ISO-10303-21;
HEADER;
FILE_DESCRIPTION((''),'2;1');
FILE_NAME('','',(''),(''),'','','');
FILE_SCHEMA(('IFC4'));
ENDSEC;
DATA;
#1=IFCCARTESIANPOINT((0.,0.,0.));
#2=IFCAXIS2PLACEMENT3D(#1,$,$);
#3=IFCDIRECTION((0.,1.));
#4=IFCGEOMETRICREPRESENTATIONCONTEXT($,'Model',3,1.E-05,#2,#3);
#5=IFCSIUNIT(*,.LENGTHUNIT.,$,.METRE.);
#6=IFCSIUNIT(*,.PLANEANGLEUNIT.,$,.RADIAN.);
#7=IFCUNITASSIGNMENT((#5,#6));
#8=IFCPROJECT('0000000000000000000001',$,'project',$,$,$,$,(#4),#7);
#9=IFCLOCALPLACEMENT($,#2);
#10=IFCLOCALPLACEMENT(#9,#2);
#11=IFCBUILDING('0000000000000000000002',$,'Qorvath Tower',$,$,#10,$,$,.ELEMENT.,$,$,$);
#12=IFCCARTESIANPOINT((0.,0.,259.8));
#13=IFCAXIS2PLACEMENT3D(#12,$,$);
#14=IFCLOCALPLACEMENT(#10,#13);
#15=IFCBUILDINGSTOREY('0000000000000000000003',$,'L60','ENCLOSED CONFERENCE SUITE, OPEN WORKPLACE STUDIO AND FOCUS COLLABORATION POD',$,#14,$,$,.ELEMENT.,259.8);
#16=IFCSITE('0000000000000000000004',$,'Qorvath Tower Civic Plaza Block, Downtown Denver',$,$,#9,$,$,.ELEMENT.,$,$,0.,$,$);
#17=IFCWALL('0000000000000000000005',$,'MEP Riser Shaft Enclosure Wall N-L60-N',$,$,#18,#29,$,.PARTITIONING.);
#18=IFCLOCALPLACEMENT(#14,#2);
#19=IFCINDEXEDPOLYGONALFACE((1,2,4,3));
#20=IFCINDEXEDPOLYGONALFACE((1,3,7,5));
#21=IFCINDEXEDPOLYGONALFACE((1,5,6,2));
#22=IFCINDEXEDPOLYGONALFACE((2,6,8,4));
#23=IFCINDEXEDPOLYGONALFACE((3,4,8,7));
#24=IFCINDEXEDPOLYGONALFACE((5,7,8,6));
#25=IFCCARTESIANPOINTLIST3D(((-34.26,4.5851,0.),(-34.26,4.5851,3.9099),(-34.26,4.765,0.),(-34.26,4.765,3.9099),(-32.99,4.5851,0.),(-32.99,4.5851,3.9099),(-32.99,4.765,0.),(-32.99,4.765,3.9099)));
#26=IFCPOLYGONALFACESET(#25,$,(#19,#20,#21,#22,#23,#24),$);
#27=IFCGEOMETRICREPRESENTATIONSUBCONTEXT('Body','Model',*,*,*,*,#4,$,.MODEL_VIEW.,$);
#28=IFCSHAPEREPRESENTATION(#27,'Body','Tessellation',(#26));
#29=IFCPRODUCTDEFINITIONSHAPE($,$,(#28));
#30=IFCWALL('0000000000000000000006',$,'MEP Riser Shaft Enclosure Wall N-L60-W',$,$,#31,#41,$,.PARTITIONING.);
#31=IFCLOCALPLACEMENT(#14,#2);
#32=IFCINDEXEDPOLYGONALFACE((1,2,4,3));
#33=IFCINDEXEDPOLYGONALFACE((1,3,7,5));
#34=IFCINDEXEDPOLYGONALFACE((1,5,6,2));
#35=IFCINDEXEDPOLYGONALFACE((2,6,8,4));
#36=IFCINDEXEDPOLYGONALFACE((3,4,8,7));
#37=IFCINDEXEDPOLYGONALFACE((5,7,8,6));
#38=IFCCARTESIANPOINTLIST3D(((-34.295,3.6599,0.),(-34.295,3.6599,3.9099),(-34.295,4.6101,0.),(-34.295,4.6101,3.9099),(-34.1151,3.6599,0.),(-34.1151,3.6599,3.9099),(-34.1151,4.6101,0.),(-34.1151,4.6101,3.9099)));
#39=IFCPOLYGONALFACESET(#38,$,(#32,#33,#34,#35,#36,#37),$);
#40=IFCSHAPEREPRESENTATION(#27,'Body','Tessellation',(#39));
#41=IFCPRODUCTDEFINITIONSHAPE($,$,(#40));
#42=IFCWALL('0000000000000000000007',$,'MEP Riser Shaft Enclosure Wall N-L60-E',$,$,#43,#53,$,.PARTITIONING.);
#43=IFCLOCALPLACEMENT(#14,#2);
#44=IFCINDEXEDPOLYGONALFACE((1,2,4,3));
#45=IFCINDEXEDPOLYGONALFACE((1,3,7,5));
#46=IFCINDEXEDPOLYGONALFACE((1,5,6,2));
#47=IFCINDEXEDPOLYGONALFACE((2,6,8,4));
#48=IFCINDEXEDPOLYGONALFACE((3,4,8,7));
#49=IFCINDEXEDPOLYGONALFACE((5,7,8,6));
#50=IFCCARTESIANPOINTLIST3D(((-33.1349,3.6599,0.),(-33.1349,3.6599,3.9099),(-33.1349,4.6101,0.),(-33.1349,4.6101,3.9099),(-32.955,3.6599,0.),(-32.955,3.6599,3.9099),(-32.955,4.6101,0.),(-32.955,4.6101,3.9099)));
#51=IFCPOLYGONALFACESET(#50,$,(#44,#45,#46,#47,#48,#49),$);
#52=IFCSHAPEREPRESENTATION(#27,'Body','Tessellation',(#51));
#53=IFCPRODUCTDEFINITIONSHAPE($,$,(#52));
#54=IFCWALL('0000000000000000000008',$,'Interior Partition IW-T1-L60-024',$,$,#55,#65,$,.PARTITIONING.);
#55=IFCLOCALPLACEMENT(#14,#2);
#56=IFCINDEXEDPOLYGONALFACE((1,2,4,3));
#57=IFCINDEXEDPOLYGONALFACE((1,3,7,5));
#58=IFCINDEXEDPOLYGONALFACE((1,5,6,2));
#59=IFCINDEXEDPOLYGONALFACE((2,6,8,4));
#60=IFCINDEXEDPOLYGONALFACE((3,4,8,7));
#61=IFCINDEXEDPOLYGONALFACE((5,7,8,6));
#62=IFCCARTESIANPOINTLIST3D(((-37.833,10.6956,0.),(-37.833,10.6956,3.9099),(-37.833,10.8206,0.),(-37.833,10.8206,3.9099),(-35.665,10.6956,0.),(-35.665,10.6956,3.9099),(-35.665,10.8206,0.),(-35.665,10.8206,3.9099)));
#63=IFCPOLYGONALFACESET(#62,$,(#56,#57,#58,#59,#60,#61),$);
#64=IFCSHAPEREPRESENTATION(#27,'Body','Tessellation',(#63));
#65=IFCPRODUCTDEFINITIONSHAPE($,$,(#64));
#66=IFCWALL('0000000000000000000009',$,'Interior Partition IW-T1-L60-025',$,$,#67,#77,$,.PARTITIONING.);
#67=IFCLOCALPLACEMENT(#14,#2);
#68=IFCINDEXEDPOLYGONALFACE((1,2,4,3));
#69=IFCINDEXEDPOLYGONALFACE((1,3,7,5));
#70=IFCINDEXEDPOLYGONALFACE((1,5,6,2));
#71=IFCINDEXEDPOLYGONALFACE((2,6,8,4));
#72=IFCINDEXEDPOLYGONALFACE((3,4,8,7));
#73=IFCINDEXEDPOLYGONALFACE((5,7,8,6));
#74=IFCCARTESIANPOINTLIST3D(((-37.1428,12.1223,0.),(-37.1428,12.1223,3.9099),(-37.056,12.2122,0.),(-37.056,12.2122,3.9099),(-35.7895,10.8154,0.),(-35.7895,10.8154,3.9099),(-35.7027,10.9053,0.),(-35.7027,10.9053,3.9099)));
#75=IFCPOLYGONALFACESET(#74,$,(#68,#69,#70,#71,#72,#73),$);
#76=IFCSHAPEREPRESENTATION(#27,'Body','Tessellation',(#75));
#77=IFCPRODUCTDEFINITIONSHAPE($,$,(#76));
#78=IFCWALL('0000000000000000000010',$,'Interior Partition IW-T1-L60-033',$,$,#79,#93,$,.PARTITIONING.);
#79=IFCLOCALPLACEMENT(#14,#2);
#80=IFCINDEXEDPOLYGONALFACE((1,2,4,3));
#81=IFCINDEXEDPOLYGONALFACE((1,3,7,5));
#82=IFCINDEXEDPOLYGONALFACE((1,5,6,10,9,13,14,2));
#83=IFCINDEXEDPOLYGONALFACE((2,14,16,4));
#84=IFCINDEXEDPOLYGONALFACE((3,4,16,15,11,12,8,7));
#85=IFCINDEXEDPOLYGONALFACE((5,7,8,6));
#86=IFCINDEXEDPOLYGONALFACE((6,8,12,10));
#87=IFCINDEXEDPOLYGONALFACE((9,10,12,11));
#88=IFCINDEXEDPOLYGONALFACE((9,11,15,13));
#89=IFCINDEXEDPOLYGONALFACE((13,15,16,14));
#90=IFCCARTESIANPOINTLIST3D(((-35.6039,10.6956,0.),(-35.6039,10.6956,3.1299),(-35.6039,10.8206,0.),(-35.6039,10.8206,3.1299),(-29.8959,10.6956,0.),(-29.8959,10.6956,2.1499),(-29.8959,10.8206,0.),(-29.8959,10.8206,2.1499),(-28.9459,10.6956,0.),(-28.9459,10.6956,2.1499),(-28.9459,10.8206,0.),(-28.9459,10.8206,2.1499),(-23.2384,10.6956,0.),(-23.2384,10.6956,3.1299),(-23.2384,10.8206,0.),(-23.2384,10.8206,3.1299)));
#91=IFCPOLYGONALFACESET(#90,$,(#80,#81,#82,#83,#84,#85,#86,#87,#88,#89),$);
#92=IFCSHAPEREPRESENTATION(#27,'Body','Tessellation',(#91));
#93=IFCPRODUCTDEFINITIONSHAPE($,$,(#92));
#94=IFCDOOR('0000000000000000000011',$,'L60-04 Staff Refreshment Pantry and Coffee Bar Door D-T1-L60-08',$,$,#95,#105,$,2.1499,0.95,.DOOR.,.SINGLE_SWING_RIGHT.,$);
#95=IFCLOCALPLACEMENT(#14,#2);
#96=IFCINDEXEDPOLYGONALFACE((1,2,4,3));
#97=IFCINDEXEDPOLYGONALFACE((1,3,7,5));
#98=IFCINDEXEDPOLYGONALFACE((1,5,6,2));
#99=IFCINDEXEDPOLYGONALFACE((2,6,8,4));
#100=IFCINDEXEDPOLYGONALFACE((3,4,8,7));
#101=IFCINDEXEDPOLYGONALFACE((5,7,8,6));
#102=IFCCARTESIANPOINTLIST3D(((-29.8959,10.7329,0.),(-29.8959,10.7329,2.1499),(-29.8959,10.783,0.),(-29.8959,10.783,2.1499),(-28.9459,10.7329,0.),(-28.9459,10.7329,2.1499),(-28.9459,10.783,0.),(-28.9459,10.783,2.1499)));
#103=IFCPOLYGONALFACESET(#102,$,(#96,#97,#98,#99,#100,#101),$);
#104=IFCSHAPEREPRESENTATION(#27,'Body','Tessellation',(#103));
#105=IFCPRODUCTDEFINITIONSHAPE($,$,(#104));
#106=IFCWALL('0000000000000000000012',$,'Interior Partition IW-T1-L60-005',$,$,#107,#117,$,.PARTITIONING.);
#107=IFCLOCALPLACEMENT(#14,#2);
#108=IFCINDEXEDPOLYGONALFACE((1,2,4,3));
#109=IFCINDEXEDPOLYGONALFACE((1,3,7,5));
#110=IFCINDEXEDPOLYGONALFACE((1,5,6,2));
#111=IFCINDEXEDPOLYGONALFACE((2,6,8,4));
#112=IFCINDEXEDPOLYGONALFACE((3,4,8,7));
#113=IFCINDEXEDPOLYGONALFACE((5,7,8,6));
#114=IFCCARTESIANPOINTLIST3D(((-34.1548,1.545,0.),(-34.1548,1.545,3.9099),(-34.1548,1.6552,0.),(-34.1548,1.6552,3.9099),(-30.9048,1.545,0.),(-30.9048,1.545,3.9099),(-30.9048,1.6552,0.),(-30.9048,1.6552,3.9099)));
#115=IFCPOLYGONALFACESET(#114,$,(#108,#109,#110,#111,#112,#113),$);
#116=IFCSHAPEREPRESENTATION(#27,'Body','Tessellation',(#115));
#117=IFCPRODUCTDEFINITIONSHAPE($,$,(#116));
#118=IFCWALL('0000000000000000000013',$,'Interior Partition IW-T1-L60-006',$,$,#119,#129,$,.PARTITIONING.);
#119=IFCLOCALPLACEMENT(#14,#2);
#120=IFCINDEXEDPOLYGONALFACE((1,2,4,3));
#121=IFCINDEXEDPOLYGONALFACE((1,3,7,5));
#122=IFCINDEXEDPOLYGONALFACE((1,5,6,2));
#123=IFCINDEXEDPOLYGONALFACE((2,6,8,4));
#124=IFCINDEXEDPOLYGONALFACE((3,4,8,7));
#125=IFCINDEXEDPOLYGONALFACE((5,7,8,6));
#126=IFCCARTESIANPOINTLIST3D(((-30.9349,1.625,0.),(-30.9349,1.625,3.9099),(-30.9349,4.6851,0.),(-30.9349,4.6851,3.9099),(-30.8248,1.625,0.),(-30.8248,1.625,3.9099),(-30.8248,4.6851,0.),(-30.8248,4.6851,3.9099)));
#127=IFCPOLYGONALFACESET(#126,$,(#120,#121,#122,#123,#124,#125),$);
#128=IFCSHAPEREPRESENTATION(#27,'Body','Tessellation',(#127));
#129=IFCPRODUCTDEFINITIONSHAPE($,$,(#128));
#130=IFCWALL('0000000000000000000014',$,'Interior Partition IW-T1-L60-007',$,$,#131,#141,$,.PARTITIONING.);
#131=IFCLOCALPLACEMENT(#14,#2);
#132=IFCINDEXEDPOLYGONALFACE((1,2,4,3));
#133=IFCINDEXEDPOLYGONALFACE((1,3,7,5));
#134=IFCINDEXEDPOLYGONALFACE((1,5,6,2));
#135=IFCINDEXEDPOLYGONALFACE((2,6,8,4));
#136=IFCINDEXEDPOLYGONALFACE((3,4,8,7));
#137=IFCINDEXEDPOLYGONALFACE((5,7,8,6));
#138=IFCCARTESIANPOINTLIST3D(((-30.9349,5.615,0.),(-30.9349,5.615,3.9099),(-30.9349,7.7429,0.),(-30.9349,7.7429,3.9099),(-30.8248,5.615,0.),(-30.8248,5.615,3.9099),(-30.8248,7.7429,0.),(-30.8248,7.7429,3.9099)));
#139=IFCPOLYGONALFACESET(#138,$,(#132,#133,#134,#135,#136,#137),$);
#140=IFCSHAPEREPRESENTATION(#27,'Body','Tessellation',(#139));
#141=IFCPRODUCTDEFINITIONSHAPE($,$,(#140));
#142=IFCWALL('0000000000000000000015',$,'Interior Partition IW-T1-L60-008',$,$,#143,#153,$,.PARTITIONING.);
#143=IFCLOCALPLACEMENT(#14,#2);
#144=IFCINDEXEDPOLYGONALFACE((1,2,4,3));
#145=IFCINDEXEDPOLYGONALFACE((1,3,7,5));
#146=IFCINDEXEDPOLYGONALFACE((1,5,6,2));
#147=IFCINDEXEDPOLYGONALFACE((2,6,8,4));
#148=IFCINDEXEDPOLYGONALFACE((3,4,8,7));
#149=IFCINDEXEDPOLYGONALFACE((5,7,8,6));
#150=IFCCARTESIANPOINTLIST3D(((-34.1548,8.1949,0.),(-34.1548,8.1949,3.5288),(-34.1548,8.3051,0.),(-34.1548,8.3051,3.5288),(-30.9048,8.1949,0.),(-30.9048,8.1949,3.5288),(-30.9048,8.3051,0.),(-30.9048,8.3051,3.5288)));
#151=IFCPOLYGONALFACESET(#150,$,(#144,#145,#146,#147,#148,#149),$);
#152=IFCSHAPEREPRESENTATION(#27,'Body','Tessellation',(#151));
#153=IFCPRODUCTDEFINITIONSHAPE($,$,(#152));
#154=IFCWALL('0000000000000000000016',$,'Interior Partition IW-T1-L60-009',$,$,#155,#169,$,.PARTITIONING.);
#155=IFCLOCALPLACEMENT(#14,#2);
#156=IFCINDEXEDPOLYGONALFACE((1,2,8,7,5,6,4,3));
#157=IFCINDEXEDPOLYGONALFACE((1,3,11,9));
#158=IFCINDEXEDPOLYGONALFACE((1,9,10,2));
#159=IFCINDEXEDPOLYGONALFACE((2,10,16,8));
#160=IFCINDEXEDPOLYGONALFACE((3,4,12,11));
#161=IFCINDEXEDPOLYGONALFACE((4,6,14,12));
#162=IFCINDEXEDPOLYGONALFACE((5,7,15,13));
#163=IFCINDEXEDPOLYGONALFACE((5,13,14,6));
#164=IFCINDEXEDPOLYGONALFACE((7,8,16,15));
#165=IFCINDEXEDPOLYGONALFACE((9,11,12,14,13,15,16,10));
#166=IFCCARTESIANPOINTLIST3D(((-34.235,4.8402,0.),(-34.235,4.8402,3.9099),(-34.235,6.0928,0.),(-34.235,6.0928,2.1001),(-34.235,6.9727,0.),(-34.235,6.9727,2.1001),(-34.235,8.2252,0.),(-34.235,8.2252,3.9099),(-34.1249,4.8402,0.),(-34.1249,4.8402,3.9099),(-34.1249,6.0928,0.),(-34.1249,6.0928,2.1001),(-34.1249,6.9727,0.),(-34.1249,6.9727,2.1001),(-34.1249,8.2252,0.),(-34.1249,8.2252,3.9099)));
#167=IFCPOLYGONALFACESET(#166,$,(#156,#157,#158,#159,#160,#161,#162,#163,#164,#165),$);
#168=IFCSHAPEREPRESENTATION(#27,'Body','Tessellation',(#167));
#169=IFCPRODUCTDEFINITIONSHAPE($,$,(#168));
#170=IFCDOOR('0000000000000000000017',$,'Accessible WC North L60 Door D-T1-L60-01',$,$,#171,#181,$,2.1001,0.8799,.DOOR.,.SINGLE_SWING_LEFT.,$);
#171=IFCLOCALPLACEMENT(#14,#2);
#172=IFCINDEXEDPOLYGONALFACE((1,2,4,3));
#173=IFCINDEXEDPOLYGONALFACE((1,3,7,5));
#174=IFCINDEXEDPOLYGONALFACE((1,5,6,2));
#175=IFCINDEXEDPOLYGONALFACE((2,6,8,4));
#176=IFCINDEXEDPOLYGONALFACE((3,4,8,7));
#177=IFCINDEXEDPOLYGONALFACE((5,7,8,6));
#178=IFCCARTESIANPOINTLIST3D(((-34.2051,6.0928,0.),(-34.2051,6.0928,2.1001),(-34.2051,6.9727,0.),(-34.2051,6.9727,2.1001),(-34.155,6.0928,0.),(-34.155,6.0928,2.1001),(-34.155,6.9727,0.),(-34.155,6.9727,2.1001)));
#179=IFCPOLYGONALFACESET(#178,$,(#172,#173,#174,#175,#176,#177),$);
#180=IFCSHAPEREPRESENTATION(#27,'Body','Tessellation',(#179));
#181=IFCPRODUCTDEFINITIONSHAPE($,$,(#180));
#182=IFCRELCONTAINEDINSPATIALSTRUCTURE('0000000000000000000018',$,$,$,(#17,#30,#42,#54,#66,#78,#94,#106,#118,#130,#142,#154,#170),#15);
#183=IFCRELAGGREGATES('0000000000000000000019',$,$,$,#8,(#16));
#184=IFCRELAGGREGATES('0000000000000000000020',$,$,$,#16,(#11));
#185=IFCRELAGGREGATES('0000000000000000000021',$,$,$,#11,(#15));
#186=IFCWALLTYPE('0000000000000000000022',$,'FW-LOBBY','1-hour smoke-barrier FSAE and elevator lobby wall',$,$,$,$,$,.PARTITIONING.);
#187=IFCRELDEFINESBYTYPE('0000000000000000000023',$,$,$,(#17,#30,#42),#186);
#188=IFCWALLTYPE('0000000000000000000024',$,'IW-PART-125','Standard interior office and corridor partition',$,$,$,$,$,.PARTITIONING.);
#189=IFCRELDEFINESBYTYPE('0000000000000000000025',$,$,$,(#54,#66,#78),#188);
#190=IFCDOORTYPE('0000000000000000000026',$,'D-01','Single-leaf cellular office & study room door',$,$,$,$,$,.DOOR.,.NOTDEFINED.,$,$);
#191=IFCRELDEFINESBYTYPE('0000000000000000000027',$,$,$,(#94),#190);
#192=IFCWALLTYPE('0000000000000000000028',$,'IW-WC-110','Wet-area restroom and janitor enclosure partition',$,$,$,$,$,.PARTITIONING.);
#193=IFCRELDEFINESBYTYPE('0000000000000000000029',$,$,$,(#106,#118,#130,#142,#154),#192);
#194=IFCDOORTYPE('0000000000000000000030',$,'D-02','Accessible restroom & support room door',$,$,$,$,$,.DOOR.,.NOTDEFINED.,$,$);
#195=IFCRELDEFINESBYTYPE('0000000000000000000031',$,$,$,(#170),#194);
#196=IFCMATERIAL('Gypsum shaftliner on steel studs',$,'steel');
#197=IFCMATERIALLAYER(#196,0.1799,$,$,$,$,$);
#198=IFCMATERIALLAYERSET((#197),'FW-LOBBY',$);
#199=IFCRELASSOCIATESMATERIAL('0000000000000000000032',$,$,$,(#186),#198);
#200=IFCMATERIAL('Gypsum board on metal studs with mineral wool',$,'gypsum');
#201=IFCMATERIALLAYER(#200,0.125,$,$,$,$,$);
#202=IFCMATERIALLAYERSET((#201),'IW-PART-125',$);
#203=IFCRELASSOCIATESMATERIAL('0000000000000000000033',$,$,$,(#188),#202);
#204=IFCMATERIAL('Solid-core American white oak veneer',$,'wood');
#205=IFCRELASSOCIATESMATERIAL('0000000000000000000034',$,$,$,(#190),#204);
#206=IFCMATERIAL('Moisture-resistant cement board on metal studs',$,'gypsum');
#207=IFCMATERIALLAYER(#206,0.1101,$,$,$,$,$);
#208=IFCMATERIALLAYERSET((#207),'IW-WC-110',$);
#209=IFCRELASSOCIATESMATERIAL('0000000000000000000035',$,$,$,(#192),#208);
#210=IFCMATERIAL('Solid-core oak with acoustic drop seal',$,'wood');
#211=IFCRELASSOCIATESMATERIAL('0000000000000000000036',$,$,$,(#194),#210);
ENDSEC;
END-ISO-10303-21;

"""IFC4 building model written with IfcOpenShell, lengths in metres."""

from ifc_helpers import new_model, si_unit, direction, frame, frame_2d, origin, place, context, subcontext, project, spatial, rectangle, extrude, material, layer, layer_set, type_object, element, fill, save


model = new_model("IFC4")

# Units and contexts
model_context = context("Model", 3, precision=1e-05, world=origin(), true_north=direction((0.0, 1.0)))
body_context = subcontext(model_context, "Body", "Model", "MODEL_VIEW")
ifc_project = project(units=[si_unit("LENGTHUNIT", "METRE"), si_unit("PLANEANGLEUNIT", "RADIAN")], contexts=[model_context])

# Site, building, storey
site_placement = place(None, origin())
site = spatial("IfcSite", under=ifc_project, at=site_placement, Name="Qorvath Tower Civic Plaza Block, Downtown Denver", CompositionType="ELEMENT", RefElevation=0.0)
building_placement = place(site_placement, origin())
building = spatial("IfcBuilding", under=site, at=building_placement, Name="Qorvath Tower", CompositionType="ELEMENT")
storey_placement = place(building_placement, frame((0.0, 0.0, 259.8)))
storey = spatial("IfcBuildingStorey", under=building, at=storey_placement, Name="L60", Description="ENCLOSED CONFERENCE SUITE, OPEN WORKPLACE STUDIO AND FOCUS COLLABORATION POD", CompositionType="ELEMENT", Elevation=259.8)

# Walls
ifc_material_1 = material(Name="Gypsum shaftliner on steel studs", Category="steel")
ifc_layer_1 = layer(ifc_material_1, 0.1799)
ifc_layer_set_1 = layer_set([ifc_layer_1], Name="FW-LOBBY")
wall_type_1 = type_object("IfcWallType", Name="FW-LOBBY", Description="1-hour smoke-barrier FSAE and elevator lobby wall", PredefinedType="PARTITIONING", material=ifc_layer_set_1)
for number, where, z_axis, x_axis, name in (
    (1, (-34.26, 4.675, 0.0), (0.0, 0.0, 1.0), (1.0, 0.0, 0.0), "MEP Riser Shaft Enclosure Wall N-L60-N"),
):
    element("IfcWall", number, at=place(storey_placement, frame(where, z_axis=z_axis, x_axis=x_axis)), inside=storey, type_object=wall_type_1, Name=name, PredefinedType="PARTITIONING", context=body_context, shape_type="SweptSolid", body=[
        extrude(rectangle(XDim=1.27, YDim=0.1799, at=frame_2d((0.635, 0.0))), origin(), (0.0, 0.0, 1.0), 3.9099),
    ])
for number, where, z_axis, x_axis, name in (
    (2, (-34.2051, 3.6599, 0.0), (0.0, 0.0, 1.0), (0.0, 1.0, 0.0), "MEP Riser Shaft Enclosure Wall N-L60-W"),
    (3, (-33.0449, 4.6101, 0.0), (0.0, 0.0, 1.0), (0.0, -1.0, 0.0), "MEP Riser Shaft Enclosure Wall N-L60-E"),
):
    element("IfcWall", number, at=place(storey_placement, frame(where, z_axis=z_axis, x_axis=x_axis)), inside=storey, type_object=wall_type_1, Name=name, PredefinedType="PARTITIONING", context=body_context, shape_type="SweptSolid", body=[
        extrude(rectangle(XDim=0.9502, YDim=0.1799, at=frame_2d((0.4751, 0.0))), origin(), (0.0, 0.0, 1.0), 3.9099),
    ])
ifc_material_2 = material(Name="Gypsum board on metal studs with mineral wool", Category="gypsum")
ifc_layer_2 = layer(ifc_material_2, 0.125)
ifc_layer_set_2 = layer_set([ifc_layer_2], Name="IW-PART-125")
wall_type_2 = type_object("IfcWallType", Name="IW-PART-125", Description="Standard interior office and corridor partition", PredefinedType="PARTITIONING", material=ifc_layer_set_2)
wall_1_placement = place(storey_placement, frame((-35.665, 10.7581, 0.0), z_axis=(0.0, 0.0, 1.0), x_axis=(-1.0, 0.0, 0.0)))
element("IfcWall", 4, at=wall_1_placement, inside=storey, type_object=wall_type_2, Name="Interior Partition IW-T1-L60-024", PredefinedType="PARTITIONING", context=body_context, shape_type="SweptSolid", body=[
    extrude(rectangle(XDim=2.168, YDim=0.125, at=frame_2d((1.084, 0.0))), origin(), (0.0, 0.0, 1.0), 3.9099),
])
wall_2_placement = place(storey_placement, frame((-35.7461, 10.8604, 0.0), z_axis=(0.0, 0.0, 1.0), x_axis=(-0.719328, 0.694671, 0.0)))
element("IfcWall", 5, at=wall_2_placement, inside=storey, type_object=wall_type_2, Name="Interior Partition IW-T1-L60-025", PredefinedType="PARTITIONING", context=body_context, shape_type="SweptSolid", body=[
    extrude(rectangle(XDim=1.8813, YDim=0.125, at=frame_2d((0.9407, 0.0))), origin(), (0.0, 0.0, 1.0), 3.9099),
])

# Wall, opening, door
wall_3_placement = place(storey_placement, frame((-35.6038, 10.7581, 0.0), z_axis=(0.0, 0.0, 1.0), x_axis=(1.0, 0.0, 0.0)))
wall_3 = element("IfcWall", 6, at=wall_3_placement, inside=storey, type_object=wall_type_2, Name="Interior Partition IW-T1-L60-033", PredefinedType="PARTITIONING", context=body_context, shape_type="SweptSolid", body=[
    extrude(rectangle(XDim=12.3655, YDim=0.125, at=frame_2d((6.1826, 0.0))), origin(), (0.0, 0.0, 1.0), 3.1299),
])
opening_1_placement = place(wall_3_placement, frame((5.7078, 0.0, 0.0)))
opening_1 = element("IfcOpeningElement", 7, at=opening_1_placement, cuts=wall_3, PredefinedType="OPENING", context=body_context, shape_type="SweptSolid", body=[
    extrude(rectangle(XDim=0.95, YDim=2.1499, at=frame_2d((0.4751, 1.075))), frame((0.0, 0.0725, 0.0), z_axis=(0.0, -1.0, 0.0), x_axis=(1.0, 0.0, 0.0)), (0.0, 0.0, 1.0), 0.145),
])
ifc_material_3 = material(Name="Solid-core American white oak veneer", Category="wood")
door_type_1 = type_object("IfcDoorType", Name="D-01", Description="Single-leaf cellular office & study room door", OperationType="NOTDEFINED", PredefinedType="DOOR", material=ifc_material_3)
door_1_placement = place(opening_1_placement, origin())
door_1 = element("IfcDoor", 8, at=door_1_placement, inside=storey, type_object=door_type_1, Name="L60-04 Staff Refreshment Pantry and Coffee Bar Door D-T1-L60-08", OperationType="SINGLE_SWING_RIGHT", OverallHeight=2.1499, OverallWidth=0.95, PredefinedType="DOOR", context=body_context, shape_type="SweptSolid", body=[
    extrude(rectangle(XDim=0.95, YDim=2.1499, at=frame_2d((0.4751, 1.075))), frame((0.0, 0.0249, 0.0), z_axis=(0.0, -1.0, 0.0), x_axis=(1.0, 0.0, 0.0)), (0.0, 0.0, 1.0), 0.05),
])
fill(opening_1, door_1)

# Walls
ifc_material_4 = material(Name="Moisture-resistant cement board on metal studs", Category="gypsum")
ifc_layer_3 = layer(ifc_material_4, 0.1101)
ifc_layer_set_3 = layer_set([ifc_layer_3], Name="IW-WC-110")
wall_type_3 = type_object("IfcWallType", Name="IW-WC-110", Description="Wet-area restroom and janitor enclosure partition", PredefinedType="PARTITIONING", material=ifc_layer_set_3)
wall_4_placement = place(storey_placement, frame((-34.1548, 1.6001, 0.0), z_axis=(0.0, 0.0, 1.0), x_axis=(1.0, 0.0, 0.0)))
element("IfcWall", 9, at=wall_4_placement, inside=storey, type_object=wall_type_3, Name="Interior Partition IW-T1-L60-005", PredefinedType="PARTITIONING", context=body_context, shape_type="SweptSolid", body=[
    extrude(rectangle(XDim=3.25, YDim=0.1101, at=frame_2d((1.625, 0.0))), origin(), (0.0, 0.0, 1.0), 3.9099),
])
wall_5_placement = place(storey_placement, frame((-30.8799, 1.625, 0.0), z_axis=(0.0, 0.0, 1.0), x_axis=(0.0, 1.0, 0.0)))
element("IfcWall", 10, at=wall_5_placement, inside=storey, type_object=wall_type_3, Name="Interior Partition IW-T1-L60-006", PredefinedType="PARTITIONING", context=body_context, shape_type="SweptSolid", body=[
    extrude(rectangle(XDim=3.0601, YDim=0.1101, at=frame_2d((1.53, 0.0))), origin(), (0.0, 0.0, 1.0), 3.9099),
])
wall_6_placement = place(storey_placement, frame((-30.8799, 5.615, 0.0), z_axis=(0.0, 0.0, 1.0), x_axis=(0.0, 1.0, 0.0)))
element("IfcWall", 11, at=wall_6_placement, inside=storey, type_object=wall_type_3, Name="Interior Partition IW-T1-L60-007", PredefinedType="PARTITIONING", context=body_context, shape_type="SweptSolid", body=[
    extrude(rectangle(XDim=2.1279, YDim=0.1101, at=frame_2d((1.064, 0.0))), origin(), (0.0, 0.0, 1.0), 3.9099),
])
wall_7_placement = place(storey_placement, frame((-30.9048, 8.25, 0.0), z_axis=(0.0, 0.0, 1.0), x_axis=(-1.0, 0.0, 0.0)))
element("IfcWall", 12, at=wall_7_placement, inside=storey, type_object=wall_type_3, Name="Interior Partition IW-T1-L60-008", PredefinedType="PARTITIONING", context=body_context, shape_type="SweptSolid", body=[
    extrude(rectangle(XDim=3.25, YDim=0.1101, at=frame_2d((1.625, 0.0))), origin(), (0.0, 0.0, 1.0), 3.5288),
])

# Wall, opening, door
wall_8_placement = place(storey_placement, frame((-34.1799, 8.2251, 0.0), z_axis=(0.0, 0.0, 1.0), x_axis=(0.0, -1.0, 0.0)))
wall_8 = element("IfcWall", 13, at=wall_8_placement, inside=storey, type_object=wall_type_3, Name="Interior Partition IW-T1-L60-009", PredefinedType="PARTITIONING", context=body_context, shape_type="SweptSolid", body=[
    extrude(rectangle(XDim=3.385, YDim=0.1101, at=frame_2d((1.6924, 0.0))), origin(), (0.0, 0.0, 1.0), 3.9099),
])
opening_2_placement = place(wall_8_placement, frame((1.2524, 0.0, 0.0)))
opening_2 = element("IfcOpeningElement", 14, at=opening_2_placement, cuts=wall_8, PredefinedType="OPENING", context=body_context, shape_type="SweptSolid", body=[
    extrude(rectangle(XDim=0.8799, YDim=2.1001, at=frame_2d((0.4399, 1.05))), frame((0.0, 0.0649, 0.0), z_axis=(0.0, -1.0, 0.0), x_axis=(1.0, 0.0, 0.0)), (0.0, 0.0, 1.0), 0.1301),
])
ifc_material_5 = material(Name="Solid-core oak with acoustic drop seal", Category="wood")
door_type_2 = type_object("IfcDoorType", Name="D-02", Description="Accessible restroom & support room door", OperationType="NOTDEFINED", PredefinedType="DOOR", material=ifc_material_5)
door_2_placement = place(opening_2_placement, origin())
door_2 = element("IfcDoor", 15, at=door_2_placement, inside=storey, type_object=door_type_2, Name="Accessible WC North L60 Door D-T1-L60-01", OperationType="SINGLE_SWING_LEFT", OverallHeight=2.1001, OverallWidth=0.8799, PredefinedType="DOOR", context=body_context, shape_type="SweptSolid", body=[
    extrude(rectangle(XDim=0.8799, YDim=2.1001, at=frame_2d((0.4399, 1.05))), frame((0.0, 0.0249, 0.0), z_axis=(0.0, -1.0, 0.0), x_axis=(1.0, 0.0, 0.0)), (0.0, 0.0, 1.0), 0.05),
])
fill(opening_2, door_2)

save(model, "model.ifc")
